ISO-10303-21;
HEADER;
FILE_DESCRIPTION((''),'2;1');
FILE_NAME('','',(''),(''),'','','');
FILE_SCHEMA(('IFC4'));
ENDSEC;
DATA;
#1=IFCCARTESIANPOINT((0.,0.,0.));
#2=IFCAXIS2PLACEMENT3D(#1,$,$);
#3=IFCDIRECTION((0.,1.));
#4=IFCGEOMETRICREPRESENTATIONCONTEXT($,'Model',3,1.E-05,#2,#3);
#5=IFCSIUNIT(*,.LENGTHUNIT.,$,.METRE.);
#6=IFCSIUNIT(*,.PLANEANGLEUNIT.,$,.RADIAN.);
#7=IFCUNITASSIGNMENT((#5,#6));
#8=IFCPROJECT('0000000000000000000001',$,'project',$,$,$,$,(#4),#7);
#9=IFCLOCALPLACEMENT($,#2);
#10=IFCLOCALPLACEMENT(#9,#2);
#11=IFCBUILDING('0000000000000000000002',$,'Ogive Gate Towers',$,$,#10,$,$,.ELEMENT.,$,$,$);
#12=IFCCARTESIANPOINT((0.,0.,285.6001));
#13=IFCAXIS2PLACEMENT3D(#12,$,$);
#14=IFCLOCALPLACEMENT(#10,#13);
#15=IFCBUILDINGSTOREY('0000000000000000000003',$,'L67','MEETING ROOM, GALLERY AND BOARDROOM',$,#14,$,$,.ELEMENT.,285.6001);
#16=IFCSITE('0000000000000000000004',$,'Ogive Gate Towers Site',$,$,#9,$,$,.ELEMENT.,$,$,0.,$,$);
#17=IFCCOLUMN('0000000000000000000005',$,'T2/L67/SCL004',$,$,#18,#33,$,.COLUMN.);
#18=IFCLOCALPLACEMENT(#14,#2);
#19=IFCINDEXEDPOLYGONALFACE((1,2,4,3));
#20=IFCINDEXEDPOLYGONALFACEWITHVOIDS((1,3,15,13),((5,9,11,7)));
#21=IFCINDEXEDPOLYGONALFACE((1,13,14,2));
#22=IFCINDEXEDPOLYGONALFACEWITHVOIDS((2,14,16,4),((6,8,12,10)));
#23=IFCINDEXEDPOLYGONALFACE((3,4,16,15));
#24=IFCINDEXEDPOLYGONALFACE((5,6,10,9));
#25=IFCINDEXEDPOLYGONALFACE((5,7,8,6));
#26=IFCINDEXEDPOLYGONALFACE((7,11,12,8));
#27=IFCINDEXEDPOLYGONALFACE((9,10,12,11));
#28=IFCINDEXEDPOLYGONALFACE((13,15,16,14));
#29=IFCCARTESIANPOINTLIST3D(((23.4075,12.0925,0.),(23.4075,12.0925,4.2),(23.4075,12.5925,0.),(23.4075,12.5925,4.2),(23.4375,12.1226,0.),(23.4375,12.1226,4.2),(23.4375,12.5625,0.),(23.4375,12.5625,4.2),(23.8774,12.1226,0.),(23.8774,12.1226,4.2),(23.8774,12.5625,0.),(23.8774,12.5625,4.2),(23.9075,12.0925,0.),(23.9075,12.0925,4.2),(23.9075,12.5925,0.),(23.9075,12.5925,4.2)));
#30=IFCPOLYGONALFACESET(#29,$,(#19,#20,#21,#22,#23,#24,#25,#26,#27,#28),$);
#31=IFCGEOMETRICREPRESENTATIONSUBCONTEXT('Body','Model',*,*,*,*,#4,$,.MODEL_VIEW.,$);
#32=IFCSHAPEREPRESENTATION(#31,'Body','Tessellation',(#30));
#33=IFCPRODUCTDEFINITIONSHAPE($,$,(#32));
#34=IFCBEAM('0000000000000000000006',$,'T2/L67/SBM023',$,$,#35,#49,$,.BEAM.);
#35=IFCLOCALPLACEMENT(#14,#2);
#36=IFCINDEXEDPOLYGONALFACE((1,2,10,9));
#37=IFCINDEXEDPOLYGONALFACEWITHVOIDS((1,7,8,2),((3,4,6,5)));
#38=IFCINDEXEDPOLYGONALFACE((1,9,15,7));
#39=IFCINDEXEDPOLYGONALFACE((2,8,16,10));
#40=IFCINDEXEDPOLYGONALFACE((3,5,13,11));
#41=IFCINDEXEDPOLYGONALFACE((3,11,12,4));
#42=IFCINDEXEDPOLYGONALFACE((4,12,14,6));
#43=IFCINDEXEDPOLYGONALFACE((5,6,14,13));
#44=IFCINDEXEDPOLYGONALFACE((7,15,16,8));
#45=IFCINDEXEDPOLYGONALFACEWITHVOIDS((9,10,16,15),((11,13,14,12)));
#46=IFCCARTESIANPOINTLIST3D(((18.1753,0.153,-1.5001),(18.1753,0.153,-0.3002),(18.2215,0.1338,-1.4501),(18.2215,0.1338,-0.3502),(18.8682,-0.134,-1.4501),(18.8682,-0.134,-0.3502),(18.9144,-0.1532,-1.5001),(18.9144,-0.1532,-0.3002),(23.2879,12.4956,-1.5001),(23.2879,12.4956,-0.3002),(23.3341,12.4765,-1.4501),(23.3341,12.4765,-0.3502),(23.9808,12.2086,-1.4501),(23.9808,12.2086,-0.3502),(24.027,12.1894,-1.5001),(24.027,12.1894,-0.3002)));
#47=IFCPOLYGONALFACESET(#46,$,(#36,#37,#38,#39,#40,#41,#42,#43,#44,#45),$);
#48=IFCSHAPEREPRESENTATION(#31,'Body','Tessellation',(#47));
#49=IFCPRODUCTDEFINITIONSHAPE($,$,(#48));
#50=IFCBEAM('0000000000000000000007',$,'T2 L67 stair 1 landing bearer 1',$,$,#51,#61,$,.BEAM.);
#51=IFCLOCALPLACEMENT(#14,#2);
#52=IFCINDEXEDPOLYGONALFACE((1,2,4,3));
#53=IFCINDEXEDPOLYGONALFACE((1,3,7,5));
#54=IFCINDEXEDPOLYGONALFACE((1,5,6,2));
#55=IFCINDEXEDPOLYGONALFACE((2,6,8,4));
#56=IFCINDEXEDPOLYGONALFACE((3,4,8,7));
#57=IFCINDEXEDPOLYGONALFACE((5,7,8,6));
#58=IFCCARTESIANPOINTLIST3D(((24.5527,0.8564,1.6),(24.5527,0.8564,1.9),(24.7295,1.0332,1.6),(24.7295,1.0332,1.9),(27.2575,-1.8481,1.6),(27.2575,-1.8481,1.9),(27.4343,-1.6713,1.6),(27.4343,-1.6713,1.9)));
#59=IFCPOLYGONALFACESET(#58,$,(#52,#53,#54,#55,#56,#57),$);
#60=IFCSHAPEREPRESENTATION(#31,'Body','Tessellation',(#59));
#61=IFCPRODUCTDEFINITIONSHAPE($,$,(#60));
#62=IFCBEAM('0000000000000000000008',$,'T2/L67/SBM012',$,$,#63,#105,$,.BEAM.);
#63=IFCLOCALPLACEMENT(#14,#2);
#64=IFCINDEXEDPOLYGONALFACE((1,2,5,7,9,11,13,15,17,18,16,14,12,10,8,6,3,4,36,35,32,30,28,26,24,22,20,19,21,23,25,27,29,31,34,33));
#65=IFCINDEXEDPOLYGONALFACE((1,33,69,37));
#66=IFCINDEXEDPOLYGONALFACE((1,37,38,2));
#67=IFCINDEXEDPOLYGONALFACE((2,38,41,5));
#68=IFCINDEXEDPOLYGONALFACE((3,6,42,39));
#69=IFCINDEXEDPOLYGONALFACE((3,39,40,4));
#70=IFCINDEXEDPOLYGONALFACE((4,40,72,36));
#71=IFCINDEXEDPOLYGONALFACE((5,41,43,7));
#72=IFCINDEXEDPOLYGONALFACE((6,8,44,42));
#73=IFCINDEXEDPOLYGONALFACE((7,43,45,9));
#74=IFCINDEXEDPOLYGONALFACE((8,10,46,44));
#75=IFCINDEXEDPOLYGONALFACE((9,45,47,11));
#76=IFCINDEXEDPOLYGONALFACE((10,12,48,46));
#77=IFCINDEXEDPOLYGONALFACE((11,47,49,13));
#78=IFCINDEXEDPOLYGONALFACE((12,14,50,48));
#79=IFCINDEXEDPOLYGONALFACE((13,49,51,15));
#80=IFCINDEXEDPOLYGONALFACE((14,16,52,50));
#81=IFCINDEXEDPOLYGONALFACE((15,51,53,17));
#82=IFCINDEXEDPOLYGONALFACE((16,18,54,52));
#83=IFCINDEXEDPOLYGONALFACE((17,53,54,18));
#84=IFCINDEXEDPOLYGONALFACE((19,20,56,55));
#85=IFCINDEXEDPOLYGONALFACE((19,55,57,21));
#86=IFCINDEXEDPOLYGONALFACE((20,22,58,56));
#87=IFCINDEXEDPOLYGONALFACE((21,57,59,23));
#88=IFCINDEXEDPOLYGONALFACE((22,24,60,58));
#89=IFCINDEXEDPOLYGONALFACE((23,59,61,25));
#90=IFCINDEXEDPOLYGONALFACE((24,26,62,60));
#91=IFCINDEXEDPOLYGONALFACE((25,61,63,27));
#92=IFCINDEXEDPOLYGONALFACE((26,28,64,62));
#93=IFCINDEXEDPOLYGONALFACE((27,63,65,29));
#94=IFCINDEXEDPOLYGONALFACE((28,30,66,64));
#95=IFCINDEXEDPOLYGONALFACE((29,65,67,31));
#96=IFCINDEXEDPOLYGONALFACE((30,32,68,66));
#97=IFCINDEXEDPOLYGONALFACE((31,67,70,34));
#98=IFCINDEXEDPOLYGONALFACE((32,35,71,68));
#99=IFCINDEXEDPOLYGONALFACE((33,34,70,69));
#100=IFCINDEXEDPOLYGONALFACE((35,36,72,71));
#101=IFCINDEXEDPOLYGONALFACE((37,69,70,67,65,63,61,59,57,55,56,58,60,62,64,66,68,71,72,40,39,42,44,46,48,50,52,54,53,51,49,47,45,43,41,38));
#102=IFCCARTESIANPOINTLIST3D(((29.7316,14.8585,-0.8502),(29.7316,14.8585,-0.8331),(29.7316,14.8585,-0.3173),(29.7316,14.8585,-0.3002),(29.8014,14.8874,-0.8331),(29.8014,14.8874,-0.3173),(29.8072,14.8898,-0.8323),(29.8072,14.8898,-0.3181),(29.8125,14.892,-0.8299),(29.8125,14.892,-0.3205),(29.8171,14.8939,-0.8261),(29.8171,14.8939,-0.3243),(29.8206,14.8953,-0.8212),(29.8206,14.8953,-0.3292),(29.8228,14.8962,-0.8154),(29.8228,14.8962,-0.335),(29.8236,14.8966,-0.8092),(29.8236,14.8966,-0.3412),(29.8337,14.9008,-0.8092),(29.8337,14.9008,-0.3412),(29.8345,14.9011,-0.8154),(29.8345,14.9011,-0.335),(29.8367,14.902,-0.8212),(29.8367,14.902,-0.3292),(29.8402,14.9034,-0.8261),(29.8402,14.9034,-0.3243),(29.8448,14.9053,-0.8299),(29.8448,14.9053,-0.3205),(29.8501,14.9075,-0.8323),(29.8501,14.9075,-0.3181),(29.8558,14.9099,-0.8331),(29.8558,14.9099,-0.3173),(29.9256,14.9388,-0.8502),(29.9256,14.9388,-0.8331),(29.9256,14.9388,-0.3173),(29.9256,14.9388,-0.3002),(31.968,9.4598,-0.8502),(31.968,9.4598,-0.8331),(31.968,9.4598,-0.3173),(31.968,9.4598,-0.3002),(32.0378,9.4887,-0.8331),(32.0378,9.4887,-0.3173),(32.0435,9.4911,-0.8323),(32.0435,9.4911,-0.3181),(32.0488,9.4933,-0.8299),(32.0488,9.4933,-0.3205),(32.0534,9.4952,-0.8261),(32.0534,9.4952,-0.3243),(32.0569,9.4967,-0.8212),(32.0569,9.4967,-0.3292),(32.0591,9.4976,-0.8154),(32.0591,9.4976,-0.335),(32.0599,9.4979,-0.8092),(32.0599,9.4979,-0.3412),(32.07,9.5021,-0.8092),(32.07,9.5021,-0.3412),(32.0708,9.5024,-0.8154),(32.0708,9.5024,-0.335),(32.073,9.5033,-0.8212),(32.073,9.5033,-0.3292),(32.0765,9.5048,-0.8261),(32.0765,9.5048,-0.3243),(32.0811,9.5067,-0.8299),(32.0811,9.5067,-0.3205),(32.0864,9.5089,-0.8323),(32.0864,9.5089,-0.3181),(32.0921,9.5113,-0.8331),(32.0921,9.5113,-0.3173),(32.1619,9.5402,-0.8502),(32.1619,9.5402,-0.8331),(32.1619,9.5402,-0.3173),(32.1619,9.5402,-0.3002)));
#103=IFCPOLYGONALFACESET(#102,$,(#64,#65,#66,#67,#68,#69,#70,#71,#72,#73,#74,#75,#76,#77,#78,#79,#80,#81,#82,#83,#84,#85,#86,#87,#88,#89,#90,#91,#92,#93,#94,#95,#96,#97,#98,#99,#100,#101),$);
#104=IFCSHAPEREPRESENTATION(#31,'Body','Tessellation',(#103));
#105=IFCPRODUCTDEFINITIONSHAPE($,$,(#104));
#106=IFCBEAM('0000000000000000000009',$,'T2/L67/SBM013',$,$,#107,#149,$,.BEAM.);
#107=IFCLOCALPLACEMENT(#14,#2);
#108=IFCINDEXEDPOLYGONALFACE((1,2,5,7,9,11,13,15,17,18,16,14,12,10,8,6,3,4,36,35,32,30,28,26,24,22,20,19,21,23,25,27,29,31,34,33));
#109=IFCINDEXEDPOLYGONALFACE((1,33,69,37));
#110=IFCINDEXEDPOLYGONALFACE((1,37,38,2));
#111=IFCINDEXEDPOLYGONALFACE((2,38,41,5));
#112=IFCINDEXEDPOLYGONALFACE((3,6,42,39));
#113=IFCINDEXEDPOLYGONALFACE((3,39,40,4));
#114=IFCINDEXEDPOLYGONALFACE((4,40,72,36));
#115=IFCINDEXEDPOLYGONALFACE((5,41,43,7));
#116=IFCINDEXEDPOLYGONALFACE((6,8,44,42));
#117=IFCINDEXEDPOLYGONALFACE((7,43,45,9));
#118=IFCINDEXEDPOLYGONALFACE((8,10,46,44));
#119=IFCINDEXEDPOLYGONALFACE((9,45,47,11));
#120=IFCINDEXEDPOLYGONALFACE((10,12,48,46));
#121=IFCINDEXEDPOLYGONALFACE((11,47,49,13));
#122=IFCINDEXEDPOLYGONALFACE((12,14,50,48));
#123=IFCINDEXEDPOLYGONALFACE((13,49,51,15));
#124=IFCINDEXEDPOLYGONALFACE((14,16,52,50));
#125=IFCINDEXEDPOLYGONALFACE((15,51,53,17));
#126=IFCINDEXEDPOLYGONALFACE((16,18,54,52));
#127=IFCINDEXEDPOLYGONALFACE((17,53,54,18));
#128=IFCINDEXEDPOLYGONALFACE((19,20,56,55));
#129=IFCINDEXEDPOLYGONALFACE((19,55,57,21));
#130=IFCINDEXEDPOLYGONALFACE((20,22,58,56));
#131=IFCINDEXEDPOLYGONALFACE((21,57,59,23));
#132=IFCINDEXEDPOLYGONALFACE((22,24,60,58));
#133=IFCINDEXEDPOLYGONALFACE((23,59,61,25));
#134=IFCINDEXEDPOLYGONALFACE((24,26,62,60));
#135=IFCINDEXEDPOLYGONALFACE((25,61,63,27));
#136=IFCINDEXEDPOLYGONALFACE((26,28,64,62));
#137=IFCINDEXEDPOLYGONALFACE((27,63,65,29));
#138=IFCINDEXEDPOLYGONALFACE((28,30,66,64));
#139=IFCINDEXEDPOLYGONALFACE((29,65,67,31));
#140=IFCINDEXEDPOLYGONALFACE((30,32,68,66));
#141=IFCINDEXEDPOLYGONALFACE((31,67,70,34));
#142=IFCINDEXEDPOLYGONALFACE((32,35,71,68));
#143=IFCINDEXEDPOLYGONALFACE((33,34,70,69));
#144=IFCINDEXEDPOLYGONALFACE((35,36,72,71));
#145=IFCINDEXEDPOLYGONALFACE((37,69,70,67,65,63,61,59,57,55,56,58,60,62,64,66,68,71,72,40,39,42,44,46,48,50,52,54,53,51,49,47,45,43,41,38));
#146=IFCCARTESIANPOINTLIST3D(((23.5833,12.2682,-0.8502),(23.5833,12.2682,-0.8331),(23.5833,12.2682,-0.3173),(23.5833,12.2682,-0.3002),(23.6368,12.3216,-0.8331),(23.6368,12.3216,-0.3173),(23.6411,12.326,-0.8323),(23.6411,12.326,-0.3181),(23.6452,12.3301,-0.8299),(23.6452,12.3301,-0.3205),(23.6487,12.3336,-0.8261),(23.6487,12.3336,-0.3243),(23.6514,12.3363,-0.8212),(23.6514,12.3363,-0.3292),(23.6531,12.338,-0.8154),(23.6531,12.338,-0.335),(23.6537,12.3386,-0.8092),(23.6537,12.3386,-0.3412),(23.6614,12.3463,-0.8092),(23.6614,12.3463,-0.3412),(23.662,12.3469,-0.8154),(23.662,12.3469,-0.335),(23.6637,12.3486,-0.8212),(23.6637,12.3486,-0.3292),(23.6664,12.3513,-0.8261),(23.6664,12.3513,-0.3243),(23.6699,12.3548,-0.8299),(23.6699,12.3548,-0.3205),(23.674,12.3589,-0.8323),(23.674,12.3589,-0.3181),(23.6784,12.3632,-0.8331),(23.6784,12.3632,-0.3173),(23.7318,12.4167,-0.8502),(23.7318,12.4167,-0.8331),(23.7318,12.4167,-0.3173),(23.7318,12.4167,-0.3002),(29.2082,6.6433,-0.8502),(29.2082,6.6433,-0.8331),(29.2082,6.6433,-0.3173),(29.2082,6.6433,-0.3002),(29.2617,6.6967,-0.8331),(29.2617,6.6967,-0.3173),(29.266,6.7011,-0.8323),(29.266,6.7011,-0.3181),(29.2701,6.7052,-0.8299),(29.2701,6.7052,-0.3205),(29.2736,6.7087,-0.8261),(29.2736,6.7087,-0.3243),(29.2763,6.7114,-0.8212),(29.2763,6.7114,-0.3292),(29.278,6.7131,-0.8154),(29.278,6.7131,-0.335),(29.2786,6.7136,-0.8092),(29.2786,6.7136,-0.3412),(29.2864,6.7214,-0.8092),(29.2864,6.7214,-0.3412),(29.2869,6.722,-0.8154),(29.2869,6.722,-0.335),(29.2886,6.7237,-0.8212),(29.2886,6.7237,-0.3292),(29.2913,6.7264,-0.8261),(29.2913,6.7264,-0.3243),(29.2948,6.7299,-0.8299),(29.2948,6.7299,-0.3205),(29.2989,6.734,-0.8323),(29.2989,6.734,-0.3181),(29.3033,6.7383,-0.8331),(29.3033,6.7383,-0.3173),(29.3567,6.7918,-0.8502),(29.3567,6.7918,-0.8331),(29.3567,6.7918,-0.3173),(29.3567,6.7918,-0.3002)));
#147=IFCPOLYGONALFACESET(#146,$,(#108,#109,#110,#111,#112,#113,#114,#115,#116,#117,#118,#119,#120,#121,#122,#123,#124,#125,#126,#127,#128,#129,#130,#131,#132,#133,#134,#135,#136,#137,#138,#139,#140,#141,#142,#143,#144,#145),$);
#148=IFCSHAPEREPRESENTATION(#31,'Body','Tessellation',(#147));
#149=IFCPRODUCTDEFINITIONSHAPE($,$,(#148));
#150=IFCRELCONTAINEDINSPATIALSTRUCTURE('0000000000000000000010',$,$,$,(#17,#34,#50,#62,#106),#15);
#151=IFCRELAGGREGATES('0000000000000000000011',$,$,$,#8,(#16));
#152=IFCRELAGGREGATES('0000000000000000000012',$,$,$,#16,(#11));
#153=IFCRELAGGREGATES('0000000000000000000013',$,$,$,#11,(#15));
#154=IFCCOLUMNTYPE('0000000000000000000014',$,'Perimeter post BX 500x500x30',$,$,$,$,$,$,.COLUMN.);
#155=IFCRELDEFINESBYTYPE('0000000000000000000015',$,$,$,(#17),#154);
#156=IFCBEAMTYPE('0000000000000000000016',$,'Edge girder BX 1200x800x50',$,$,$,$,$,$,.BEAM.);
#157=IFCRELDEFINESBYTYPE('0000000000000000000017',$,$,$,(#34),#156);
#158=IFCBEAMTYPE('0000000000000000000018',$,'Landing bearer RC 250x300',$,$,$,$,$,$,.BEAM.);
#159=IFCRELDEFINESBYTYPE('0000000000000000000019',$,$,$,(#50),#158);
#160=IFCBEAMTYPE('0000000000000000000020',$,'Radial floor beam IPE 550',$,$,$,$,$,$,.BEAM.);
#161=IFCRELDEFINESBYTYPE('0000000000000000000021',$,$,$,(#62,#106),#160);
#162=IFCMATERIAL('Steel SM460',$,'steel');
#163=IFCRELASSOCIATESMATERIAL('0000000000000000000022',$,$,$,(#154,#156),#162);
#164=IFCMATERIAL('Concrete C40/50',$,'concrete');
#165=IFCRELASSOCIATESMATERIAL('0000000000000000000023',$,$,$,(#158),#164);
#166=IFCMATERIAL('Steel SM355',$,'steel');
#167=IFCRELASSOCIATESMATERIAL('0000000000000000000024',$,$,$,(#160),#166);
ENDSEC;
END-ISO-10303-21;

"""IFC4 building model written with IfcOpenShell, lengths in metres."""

from ifc_helpers import new_model, si_unit, direction, frame, origin, origin_2d, place, context, subcontext, project, spatial, rectangle, hollow_rectangle, i_section, extrude, material, material_profile, profile_set, type_object, element, save


model = new_model("IFC4")

# Units and contexts
model_context = context("Model", 3, precision=1e-05, world=origin(), true_north=direction((0.0, 1.0)))
body_context = subcontext(model_context, "Body", "Model", "MODEL_VIEW")
ifc_project = project(units=[si_unit("LENGTHUNIT", "METRE"), si_unit("PLANEANGLEUNIT", "RADIAN")], contexts=[model_context])

# Site, building, storey
site_placement = place(None, origin())
site = spatial("IfcSite", under=ifc_project, at=site_placement, Name="Ogive Gate Towers Site", CompositionType="ELEMENT", RefElevation=0.0)
building_placement = place(site_placement, origin())
building = spatial("IfcBuilding", under=site, at=building_placement, Name="Ogive Gate Towers", CompositionType="ELEMENT")
storey_placement = place(building_placement, frame((0.0, 0.0, 285.6001)))
storey = spatial("IfcBuildingStorey", under=building, at=storey_placement, Name="L67", Description="MEETING ROOM, GALLERY AND BOARDROOM", CompositionType="ELEMENT", Elevation=285.6001)

# Column
ifc_material_1 = material(Name="Steel SM460", Category="steel")
ifc_material_profile_1 = material_profile(ifc_material_1, hollow_rectangle(XDim=0.5, YDim=0.5, WallThickness=0.03, at=origin_2d()), Name="BX 500x500x30")
ifc_profile_set_1 = profile_set([ifc_material_profile_1], Name="Steel SM460")
column_type = type_object("IfcColumnType", Name="Perimeter post BX 500x500x30", PredefinedType="COLUMN", material=ifc_profile_set_1)
column_placement = place(storey_placement, frame((23.6575, 12.3425, 0.0), z_axis=(0.0, 0.0, 1.0), x_axis=(1.0, 0.0, 0.0)))
element("IfcColumn", 1, at=column_placement, inside=storey, type_object=column_type, Name="T2/L67/SCL004", PredefinedType="COLUMN", context=body_context, shape_type="SweptSolid", body=[
    extrude(hollow_rectangle(XDim=0.5, YDim=0.5, WallThickness=0.03, at=origin_2d()), origin(), (0.0, 0.0, 1.0), 4.2),
])

# Beams
ifc_material_profile_2 = material_profile(ifc_material_1, hollow_rectangle(XDim=0.8, YDim=1.2, WallThickness=0.05, at=origin_2d()), Name="BX 1200x800x50")
ifc_profile_set_2 = profile_set([ifc_material_profile_2], Name="Steel SM460")
beam_type_1 = type_object("IfcBeamType", Name="Edge girder BX 1200x800x50", PredefinedType="BEAM", material=ifc_profile_set_2)
beam_1_placement = place(storey_placement, frame((23.6575, 12.3425, -0.9001), z_axis=(-0.38269, -0.923877, 0.0), x_axis=(0.923877, -0.38269, 0.0)))
element("IfcBeam", 2, at=beam_1_placement, inside=storey, type_object=beam_type_1, Name="T2/L67/SBM023", PredefinedType="BEAM", context=body_context, shape_type="SweptSolid", body=[
    extrude(hollow_rectangle(XDim=0.8, YDim=1.2, WallThickness=0.05, at=origin_2d()), origin(), (0.0, 0.0, 1.0), 13.3596),
])
ifc_material_2 = material(Name="Concrete C40/50", Category="concrete")
ifc_material_profile_3 = material_profile(ifc_material_2, rectangle(XDim=0.25, YDim=0.3, at=origin_2d()), Name="RC 250x300")
ifc_profile_set_3 = profile_set([ifc_material_profile_3], Name="Concrete C40/50")
beam_type_2 = type_object("IfcBeamType", Name="Landing bearer RC 250x300", PredefinedType="BEAM", material=ifc_profile_set_3)
beam_2_placement = place(storey_placement, frame((24.6411, 0.9448, 1.75), z_axis=(0.707139, -0.707075, 0.0), x_axis=(0.707075, 0.707139, 0.0)))
element("IfcBeam", 3, at=beam_2_placement, inside=storey, type_object=beam_type_2, Name="T2 L67 stair 1 landing bearer 1", PredefinedType="BEAM", context=body_context, shape_type="SweptSolid", body=[
    extrude(rectangle(XDim=0.25, YDim=0.3, at=origin_2d()), origin(), (0.0, 0.0, 1.0), 3.825),
])
ifc_material_3 = material(Name="Steel SM355", Category="steel")
ifc_material_profile_4 = material_profile(ifc_material_3, i_section(OverallWidth=0.21, OverallDepth=0.55, WebThickness=0.011, FlangeThickness=0.0171, FilletRadius=0.0239, at=origin_2d()), Name="IPE 550")
ifc_profile_set_4 = profile_set([ifc_material_profile_4], Name="Steel SM355")
beam_type_3 = type_object("IfcBeamType", Name="Radial floor beam IPE 550", PredefinedType="BEAM", material=ifc_profile_set_4)
beam_3_placement = place(storey_placement, frame((32.0649, 9.5, -0.5752), z_axis=(-0.382701, 0.923872, 0.0), x_axis=(-0.923872, -0.382701, 0.0)))
element("IfcBeam", 4, at=beam_3_placement, inside=storey, type_object=beam_type_3, Name="T2/L67/SBM012", PredefinedType="BEAM", context=body_context, shape_type="SweptSolid", body=[
    extrude(i_section(OverallWidth=0.21, OverallDepth=0.55, WebThickness=0.011, FlangeThickness=0.0171, FilletRadius=0.0239, at=origin_2d()), origin(), (0.0, 0.0, 1.0), 5.8435),
])
beam_4_placement = place(storey_placement, frame((29.2825, 6.7175, -0.5752), z_axis=(-0.707107, 0.707107, 0.0), x_axis=(-0.707107, -0.707107, 0.0)))
element("IfcBeam", 5, at=beam_4_placement, inside=storey, type_object=beam_type_3, Name="T2/L67/SBM013", PredefinedType="BEAM", context=body_context, shape_type="SweptSolid", body=[
    extrude(i_section(OverallWidth=0.21, OverallDepth=0.55, WebThickness=0.011, FlangeThickness=0.0171, FilletRadius=0.0239, at=origin_2d()), origin(), (0.0, 0.0, 1.0), 7.9548),
])

save(model, "model.ifc")
